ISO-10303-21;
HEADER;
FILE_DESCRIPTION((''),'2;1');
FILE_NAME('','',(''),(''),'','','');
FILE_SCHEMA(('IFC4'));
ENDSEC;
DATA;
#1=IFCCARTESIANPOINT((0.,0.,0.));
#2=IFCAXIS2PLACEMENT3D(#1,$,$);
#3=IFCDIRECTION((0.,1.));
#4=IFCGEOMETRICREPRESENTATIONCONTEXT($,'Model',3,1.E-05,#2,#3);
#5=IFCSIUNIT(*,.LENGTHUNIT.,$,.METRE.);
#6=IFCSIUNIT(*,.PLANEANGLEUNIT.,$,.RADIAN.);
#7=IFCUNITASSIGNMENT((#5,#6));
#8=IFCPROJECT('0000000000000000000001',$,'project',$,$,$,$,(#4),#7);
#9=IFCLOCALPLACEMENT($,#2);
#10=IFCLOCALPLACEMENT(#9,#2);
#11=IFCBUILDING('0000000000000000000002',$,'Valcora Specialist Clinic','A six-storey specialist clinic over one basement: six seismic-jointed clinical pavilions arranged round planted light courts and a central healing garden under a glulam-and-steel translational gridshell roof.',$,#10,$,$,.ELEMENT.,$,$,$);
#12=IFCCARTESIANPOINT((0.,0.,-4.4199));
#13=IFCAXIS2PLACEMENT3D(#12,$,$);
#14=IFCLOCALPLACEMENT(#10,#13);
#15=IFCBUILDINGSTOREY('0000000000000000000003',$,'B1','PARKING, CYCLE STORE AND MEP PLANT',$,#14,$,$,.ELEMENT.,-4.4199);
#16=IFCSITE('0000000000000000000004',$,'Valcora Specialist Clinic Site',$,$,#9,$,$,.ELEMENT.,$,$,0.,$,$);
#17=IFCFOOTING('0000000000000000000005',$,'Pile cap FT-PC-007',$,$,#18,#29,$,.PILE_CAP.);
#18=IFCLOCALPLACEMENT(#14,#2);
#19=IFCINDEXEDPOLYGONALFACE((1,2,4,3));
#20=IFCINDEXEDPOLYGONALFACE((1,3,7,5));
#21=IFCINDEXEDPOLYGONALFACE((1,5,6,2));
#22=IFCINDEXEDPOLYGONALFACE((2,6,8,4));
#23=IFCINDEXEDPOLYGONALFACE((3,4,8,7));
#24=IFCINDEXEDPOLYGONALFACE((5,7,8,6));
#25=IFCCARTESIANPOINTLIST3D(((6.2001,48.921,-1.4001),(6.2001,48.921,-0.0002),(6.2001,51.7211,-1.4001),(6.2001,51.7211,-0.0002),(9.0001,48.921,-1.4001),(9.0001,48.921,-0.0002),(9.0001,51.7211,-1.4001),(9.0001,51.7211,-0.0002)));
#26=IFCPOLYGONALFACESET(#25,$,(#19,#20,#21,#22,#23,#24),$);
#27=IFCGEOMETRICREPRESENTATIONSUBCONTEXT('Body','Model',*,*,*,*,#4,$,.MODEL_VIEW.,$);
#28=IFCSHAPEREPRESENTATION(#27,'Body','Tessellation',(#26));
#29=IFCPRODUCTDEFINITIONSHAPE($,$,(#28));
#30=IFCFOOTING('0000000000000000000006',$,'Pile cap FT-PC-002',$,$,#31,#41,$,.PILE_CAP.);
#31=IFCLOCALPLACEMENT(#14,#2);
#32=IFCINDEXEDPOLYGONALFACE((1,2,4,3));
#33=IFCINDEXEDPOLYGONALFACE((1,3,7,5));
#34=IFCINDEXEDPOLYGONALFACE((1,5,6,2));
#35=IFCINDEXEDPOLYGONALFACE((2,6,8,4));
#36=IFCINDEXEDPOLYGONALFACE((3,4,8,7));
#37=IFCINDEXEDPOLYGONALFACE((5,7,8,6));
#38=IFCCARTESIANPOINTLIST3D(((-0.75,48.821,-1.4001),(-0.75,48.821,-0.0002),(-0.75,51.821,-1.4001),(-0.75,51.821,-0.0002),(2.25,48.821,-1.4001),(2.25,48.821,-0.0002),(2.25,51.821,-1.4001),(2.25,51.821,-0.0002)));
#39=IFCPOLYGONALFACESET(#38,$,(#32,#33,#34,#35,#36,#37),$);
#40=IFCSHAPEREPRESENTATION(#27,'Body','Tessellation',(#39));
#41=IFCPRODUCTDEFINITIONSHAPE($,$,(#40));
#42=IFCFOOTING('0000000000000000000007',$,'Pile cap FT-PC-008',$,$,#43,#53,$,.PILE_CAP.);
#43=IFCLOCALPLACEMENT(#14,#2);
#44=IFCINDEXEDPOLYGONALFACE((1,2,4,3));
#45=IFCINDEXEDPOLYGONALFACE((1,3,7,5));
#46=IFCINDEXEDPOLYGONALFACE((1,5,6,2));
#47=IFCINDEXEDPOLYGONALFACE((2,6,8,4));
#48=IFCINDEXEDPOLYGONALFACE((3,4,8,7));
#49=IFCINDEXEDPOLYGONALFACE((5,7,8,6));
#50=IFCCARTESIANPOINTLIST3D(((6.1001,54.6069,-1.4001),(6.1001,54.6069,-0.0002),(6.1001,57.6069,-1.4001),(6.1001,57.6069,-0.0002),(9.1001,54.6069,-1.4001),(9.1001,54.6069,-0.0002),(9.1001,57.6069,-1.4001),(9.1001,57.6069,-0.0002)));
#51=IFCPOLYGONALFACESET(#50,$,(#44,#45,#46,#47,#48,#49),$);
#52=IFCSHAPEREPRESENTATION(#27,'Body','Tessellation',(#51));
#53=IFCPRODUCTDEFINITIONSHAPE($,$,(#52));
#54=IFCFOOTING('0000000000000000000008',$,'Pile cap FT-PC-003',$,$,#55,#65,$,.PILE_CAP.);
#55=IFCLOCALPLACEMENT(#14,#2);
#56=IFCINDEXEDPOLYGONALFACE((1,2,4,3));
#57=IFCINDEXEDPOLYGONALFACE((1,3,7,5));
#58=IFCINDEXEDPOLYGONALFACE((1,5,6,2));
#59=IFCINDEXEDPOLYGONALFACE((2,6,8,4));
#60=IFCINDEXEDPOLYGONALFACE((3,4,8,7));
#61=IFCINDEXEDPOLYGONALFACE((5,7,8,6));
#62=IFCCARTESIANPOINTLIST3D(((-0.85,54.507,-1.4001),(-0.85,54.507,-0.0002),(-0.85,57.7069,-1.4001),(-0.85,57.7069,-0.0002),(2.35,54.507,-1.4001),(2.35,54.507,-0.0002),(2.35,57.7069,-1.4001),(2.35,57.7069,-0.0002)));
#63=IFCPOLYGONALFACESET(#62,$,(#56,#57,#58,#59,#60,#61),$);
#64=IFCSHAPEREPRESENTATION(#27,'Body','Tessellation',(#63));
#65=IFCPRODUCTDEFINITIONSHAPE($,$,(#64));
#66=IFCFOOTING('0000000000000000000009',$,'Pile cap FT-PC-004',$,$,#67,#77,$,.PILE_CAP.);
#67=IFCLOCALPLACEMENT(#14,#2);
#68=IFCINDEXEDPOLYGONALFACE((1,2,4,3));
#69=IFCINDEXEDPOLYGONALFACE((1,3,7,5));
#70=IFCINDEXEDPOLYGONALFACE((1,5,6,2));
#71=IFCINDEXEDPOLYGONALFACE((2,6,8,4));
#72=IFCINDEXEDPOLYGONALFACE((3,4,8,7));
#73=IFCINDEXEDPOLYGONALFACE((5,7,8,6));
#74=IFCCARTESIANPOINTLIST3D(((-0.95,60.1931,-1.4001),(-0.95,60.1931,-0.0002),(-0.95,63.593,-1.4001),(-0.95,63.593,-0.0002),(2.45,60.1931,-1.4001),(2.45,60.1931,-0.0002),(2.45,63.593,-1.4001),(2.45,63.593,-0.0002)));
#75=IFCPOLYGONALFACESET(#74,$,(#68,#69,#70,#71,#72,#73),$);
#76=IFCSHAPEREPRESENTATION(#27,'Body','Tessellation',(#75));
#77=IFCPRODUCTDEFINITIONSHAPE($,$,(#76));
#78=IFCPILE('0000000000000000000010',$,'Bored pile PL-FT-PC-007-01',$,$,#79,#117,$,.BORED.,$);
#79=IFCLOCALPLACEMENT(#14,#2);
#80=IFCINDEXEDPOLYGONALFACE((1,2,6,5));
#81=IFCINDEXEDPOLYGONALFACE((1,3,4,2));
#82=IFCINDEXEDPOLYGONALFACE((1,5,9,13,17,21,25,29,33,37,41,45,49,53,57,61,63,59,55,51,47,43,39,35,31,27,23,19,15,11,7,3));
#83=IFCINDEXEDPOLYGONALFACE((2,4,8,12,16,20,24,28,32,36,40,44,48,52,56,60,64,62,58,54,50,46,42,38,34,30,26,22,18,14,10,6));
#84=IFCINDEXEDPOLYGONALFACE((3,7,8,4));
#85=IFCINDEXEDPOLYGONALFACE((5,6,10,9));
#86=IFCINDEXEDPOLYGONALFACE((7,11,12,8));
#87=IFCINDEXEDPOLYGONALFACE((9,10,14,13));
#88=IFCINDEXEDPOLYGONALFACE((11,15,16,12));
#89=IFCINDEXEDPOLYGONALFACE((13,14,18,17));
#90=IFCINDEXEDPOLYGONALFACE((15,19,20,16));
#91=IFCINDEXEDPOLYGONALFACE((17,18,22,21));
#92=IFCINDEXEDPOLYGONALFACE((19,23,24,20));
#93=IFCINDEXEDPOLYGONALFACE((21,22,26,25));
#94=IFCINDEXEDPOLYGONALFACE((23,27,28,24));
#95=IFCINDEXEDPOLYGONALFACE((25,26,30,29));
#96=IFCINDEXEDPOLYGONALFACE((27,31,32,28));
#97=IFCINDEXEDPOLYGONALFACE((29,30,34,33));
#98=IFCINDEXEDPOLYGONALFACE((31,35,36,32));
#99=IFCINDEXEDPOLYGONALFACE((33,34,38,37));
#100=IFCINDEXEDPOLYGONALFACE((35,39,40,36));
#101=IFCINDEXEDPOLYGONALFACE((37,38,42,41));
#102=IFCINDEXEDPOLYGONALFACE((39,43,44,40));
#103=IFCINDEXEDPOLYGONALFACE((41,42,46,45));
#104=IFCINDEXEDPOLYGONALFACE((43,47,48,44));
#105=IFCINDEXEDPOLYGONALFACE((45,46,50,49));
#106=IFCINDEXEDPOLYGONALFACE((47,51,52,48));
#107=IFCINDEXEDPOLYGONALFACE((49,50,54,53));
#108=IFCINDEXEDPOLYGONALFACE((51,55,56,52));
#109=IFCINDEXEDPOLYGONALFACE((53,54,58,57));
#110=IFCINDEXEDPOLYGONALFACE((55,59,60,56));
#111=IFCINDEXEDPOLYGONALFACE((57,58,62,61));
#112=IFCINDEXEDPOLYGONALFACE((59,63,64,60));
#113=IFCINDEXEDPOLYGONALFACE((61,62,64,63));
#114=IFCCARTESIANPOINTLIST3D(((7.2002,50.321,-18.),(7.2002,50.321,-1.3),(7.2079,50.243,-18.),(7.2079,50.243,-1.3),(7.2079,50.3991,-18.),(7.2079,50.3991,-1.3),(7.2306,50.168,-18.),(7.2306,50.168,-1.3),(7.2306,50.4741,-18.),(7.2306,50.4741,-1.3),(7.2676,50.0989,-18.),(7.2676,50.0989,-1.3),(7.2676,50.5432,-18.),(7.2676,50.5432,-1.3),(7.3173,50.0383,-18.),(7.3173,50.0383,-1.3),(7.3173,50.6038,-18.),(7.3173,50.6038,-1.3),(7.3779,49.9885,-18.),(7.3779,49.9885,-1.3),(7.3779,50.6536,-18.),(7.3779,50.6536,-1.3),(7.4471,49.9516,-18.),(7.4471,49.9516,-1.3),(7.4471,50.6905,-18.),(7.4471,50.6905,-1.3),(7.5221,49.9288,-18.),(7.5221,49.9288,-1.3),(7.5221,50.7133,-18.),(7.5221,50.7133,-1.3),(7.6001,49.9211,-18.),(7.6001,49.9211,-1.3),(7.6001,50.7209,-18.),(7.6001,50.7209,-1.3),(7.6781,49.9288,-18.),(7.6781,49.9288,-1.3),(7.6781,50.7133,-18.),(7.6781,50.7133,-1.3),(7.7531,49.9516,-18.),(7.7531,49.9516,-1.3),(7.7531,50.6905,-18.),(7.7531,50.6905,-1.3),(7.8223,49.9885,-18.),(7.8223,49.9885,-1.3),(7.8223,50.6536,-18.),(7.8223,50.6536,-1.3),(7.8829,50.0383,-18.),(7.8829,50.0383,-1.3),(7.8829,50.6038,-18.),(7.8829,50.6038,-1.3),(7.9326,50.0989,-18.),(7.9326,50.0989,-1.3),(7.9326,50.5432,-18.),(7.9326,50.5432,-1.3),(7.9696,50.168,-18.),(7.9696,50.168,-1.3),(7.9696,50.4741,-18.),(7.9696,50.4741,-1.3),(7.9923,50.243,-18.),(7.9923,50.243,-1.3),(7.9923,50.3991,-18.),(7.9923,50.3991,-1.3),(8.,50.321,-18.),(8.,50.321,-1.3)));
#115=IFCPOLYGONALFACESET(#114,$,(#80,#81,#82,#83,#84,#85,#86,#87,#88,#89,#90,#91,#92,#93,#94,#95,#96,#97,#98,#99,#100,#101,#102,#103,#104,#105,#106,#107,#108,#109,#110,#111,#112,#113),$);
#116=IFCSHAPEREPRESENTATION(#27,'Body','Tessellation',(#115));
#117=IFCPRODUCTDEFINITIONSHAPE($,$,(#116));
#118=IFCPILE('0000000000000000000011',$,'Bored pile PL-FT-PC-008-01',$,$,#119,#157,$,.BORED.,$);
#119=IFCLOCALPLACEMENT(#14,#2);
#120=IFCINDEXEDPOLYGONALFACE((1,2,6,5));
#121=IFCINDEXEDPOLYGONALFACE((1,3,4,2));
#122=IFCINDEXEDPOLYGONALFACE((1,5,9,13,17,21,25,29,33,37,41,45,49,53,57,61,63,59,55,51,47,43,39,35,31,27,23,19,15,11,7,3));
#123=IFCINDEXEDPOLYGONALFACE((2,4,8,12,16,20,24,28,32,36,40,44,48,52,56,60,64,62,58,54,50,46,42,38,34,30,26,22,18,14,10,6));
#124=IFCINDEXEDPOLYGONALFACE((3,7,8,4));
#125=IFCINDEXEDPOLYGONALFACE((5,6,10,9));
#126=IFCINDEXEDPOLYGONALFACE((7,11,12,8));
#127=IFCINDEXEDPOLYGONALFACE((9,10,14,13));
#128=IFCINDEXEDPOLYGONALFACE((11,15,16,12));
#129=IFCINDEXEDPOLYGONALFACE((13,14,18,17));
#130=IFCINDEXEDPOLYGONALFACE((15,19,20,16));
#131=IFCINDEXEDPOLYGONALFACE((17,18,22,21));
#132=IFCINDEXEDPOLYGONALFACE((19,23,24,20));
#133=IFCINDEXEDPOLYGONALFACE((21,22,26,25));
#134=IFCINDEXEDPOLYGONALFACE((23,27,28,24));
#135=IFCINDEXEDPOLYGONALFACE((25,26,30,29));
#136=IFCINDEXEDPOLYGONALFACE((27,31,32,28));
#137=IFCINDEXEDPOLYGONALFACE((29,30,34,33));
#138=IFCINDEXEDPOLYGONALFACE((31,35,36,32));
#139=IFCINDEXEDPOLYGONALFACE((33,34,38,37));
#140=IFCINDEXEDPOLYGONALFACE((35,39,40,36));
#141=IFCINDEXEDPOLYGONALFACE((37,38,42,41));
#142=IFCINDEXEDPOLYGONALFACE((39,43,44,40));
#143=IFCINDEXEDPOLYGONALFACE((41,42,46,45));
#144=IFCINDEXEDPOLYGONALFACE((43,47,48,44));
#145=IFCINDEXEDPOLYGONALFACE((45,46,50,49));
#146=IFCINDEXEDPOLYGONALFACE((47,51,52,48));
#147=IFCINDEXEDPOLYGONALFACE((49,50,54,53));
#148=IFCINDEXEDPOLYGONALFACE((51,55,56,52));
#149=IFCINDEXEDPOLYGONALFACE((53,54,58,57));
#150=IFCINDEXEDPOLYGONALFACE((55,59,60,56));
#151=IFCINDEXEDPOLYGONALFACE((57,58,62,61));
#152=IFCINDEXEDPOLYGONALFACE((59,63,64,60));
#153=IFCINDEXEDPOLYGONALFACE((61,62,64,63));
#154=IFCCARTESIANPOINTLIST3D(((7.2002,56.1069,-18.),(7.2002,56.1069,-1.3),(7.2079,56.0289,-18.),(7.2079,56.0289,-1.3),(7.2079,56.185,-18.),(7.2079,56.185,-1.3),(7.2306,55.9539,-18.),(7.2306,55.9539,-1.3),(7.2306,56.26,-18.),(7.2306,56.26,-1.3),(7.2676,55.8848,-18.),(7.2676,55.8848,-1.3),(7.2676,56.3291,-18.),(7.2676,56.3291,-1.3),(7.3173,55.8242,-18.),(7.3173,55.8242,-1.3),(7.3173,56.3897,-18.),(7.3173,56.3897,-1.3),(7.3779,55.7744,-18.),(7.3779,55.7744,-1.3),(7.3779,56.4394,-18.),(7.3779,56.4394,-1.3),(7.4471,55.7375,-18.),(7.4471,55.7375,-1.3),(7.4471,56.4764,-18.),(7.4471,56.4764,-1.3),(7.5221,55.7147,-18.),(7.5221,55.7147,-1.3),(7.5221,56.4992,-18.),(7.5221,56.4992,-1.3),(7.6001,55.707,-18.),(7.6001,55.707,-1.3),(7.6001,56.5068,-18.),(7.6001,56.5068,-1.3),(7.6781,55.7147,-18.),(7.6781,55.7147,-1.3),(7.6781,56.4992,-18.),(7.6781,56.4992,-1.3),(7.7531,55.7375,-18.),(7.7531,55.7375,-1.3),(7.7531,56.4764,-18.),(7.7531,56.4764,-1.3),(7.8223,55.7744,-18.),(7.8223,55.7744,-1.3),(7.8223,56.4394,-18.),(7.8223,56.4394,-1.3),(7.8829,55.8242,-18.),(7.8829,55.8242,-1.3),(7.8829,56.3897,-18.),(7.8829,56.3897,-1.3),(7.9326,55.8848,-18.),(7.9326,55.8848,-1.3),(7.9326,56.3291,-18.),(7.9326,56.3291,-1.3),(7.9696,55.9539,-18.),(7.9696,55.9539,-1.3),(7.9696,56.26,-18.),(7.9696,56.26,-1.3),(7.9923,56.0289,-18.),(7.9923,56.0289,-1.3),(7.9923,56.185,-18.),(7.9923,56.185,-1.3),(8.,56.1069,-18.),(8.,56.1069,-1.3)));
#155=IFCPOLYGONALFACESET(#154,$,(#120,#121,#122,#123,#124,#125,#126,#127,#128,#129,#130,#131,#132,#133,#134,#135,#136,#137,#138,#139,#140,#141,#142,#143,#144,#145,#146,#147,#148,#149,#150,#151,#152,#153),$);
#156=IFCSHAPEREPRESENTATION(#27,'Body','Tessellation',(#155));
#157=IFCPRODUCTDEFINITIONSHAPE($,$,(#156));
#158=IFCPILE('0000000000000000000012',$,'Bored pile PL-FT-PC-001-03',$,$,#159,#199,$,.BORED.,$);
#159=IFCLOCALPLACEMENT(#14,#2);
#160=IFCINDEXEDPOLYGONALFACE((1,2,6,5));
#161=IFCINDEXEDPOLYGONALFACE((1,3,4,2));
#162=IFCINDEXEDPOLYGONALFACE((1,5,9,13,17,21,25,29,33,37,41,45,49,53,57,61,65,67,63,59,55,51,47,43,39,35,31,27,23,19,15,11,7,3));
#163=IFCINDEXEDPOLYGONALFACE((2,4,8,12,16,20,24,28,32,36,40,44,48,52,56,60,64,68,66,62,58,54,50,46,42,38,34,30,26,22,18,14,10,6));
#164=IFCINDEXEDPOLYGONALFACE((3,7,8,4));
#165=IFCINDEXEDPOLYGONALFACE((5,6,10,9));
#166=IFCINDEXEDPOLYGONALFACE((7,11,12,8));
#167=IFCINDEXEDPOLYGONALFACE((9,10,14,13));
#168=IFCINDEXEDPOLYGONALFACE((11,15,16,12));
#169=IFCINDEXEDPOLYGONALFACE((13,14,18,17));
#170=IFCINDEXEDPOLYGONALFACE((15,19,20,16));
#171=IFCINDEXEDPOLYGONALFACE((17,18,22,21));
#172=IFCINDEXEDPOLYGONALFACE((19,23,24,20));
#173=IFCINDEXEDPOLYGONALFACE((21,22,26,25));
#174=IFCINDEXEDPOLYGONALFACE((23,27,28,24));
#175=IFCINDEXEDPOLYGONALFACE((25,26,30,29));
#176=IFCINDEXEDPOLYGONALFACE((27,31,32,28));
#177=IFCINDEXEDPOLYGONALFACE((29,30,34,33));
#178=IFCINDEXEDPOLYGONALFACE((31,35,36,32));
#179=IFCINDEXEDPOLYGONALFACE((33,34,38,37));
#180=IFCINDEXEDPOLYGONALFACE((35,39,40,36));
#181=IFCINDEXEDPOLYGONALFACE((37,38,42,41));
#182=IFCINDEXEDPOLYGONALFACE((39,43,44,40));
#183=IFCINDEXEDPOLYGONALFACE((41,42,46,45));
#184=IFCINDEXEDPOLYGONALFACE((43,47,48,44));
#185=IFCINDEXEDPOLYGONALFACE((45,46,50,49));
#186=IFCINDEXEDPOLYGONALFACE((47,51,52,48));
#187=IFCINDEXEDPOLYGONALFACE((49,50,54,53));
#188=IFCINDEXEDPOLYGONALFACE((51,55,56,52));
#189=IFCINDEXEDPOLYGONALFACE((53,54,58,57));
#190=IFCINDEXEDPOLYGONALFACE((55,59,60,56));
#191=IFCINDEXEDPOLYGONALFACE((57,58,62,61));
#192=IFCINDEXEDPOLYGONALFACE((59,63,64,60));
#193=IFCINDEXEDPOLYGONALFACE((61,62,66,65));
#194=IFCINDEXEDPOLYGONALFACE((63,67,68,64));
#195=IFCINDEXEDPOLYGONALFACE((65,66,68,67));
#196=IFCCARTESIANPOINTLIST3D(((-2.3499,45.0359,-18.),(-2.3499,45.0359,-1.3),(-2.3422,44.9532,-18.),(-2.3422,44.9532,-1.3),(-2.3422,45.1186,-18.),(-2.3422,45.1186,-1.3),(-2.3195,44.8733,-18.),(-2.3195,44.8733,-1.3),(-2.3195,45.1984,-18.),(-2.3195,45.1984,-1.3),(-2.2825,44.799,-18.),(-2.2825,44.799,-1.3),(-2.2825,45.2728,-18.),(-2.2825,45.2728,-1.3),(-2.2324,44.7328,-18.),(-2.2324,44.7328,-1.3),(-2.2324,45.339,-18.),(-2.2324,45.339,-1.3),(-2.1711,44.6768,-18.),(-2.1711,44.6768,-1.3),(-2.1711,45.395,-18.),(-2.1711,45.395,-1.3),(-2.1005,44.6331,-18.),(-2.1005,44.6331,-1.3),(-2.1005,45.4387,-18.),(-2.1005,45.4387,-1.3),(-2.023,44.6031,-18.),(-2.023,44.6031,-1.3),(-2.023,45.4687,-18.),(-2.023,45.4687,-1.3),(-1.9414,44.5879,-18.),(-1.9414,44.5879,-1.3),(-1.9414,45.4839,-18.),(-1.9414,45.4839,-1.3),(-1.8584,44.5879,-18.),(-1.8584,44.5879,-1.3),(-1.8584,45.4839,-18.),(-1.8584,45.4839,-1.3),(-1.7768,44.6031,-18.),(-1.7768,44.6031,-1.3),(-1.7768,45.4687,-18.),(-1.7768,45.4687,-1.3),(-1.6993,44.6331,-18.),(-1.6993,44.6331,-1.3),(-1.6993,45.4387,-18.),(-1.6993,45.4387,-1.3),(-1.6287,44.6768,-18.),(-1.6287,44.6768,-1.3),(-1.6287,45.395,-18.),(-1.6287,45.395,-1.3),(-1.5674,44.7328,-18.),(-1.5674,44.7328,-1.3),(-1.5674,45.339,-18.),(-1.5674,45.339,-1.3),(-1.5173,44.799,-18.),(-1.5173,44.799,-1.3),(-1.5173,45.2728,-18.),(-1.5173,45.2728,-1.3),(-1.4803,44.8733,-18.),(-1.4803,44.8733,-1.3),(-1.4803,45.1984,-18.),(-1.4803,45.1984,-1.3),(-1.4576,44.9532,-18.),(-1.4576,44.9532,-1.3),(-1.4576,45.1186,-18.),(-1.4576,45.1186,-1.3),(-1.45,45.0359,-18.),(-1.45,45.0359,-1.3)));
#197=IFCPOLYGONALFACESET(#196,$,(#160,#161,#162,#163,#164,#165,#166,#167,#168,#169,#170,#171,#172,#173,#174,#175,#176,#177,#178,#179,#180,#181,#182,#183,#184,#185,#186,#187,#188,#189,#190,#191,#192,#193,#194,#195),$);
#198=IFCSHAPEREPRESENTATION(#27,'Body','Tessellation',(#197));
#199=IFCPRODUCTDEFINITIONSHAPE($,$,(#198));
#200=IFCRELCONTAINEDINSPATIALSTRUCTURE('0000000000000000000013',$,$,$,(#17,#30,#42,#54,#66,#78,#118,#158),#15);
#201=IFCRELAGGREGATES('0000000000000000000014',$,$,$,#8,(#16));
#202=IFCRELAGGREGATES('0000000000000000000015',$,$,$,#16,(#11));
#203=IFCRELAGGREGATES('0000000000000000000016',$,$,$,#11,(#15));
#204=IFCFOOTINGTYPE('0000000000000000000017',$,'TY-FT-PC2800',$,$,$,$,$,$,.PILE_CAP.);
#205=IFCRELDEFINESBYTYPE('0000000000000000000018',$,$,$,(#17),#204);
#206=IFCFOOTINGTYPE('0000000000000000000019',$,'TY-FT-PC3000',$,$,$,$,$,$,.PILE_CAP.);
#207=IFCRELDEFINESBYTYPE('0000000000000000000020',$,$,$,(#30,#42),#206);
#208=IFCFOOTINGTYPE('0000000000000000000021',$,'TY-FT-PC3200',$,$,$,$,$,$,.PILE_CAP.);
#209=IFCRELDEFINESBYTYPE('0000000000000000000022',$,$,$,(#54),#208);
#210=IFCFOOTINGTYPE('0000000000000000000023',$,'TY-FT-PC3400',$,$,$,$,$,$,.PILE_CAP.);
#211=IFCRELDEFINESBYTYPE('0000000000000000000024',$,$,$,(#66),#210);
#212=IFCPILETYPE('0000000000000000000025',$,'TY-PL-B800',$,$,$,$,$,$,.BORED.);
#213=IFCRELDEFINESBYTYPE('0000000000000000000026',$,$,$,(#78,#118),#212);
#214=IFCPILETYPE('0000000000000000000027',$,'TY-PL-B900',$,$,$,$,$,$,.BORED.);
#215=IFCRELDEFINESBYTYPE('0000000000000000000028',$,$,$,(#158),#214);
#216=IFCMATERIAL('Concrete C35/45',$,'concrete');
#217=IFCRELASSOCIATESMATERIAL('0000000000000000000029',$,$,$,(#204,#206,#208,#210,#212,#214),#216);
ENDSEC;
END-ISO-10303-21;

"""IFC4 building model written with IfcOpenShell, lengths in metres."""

from ifc_helpers import new_model, si_unit, direction, frame, origin, origin_2d, place, context, subcontext, project, spatial, rectangle, circle, extrude, material, material_profile, profile_set, type_object, element, save


model = new_model("IFC4")

# Units and contexts
model_context = context("Model", 3, precision=1e-05, world=origin(), true_north=direction((0.0, 1.0)))
body_context = subcontext(model_context, "Body", "Model", "MODEL_VIEW")
ifc_project = project(units=[si_unit("LENGTHUNIT", "METRE"), si_unit("PLANEANGLEUNIT", "RADIAN")], contexts=[model_context])

# Site, building, storey
site_placement = place(None, origin())
site = spatial("IfcSite", under=ifc_project, at=site_placement, Name="Valcora Specialist Clinic Site", CompositionType="ELEMENT", RefElevation=0.0)
building_placement = place(site_placement, origin())
building = spatial("IfcBuilding", under=site, at=building_placement, Name="Valcora Specialist Clinic", Description="A six-storey specialist clinic over one basement: six seismic-jointed clinical pavilions arranged round planted light courts and a central healing garden under a glulam-and-steel translational gridshell roof.", CompositionType="ELEMENT")
storey_placement = place(building_placement, frame((0.0, 0.0, -4.4199)))
storey = spatial("IfcBuildingStorey", under=building, at=storey_placement, Name="B1", Description="PARKING, CYCLE STORE AND MEP PLANT", CompositionType="ELEMENT", Elevation=-4.4199)

# Footings
ifc_material_1 = material(Name="Concrete C35/45", Category="concrete")
footing_type_1 = type_object("IfcFootingType", Name="TY-FT-PC2800", PredefinedType="PILE_CAP", material=ifc_material_1)
footing_1_placement = place(storey_placement, frame((7.6001, 50.321, -1.4001), z_axis=(0.0, 0.0, 1.0), x_axis=(1.0, 0.0, 0.0)))
element("IfcFooting", 1, at=footing_1_placement, inside=storey, type_object=footing_type_1, Name="Pile cap FT-PC-007", PredefinedType="PILE_CAP", context=body_context, shape_type="SweptSolid", body=[
    extrude(rectangle(XDim=2.8, YDim=2.8, at=origin_2d()), origin(), (0.0, 0.0, 1.0), 1.3999),
])
footing_type_2 = type_object("IfcFootingType", Name="TY-FT-PC3000", PredefinedType="PILE_CAP", material=ifc_material_1)
for number, where, z_axis, x_axis, name in (
    (2, (0.75, 50.321, -1.4001), (0.0, 0.0, 1.0), (1.0, 0.0, 0.0), "Pile cap FT-PC-002"),
    (3, (7.6001, 56.1069, -1.4001), (0.0, 0.0, 1.0), (1.0, 0.0, 0.0), "Pile cap FT-PC-008"),
):
    element("IfcFooting", number, at=place(storey_placement, frame(where, z_axis=z_axis, x_axis=x_axis)), inside=storey, type_object=footing_type_2, Name=name, PredefinedType="PILE_CAP", context=body_context, shape_type="SweptSolid", body=[
        extrude(rectangle(XDim=3.0, YDim=3.0, at=origin_2d()), origin(), (0.0, 0.0, 1.0), 1.3999),
    ])
footing_type_3 = type_object("IfcFootingType", Name="TY-FT-PC3200", PredefinedType="PILE_CAP", material=ifc_material_1)
footing_2_placement = place(storey_placement, frame((0.75, 56.1069, -1.4001), z_axis=(0.0, 0.0, 1.0), x_axis=(1.0, 0.0, 0.0)))
element("IfcFooting", 4, at=footing_2_placement, inside=storey, type_object=footing_type_3, Name="Pile cap FT-PC-003", PredefinedType="PILE_CAP", context=body_context, shape_type="SweptSolid", body=[
    extrude(rectangle(XDim=3.2, YDim=3.2, at=origin_2d()), origin(), (0.0, 0.0, 1.0), 1.3999),
])
footing_type_4 = type_object("IfcFootingType", Name="TY-FT-PC3400", PredefinedType="PILE_CAP", material=ifc_material_1)
footing_3_placement = place(storey_placement, frame((0.75, 61.8931, -1.4001), z_axis=(0.0, 0.0, 1.0), x_axis=(1.0, 0.0, 0.0)))
element("IfcFooting", 5, at=footing_3_placement, inside=storey, type_object=footing_type_4, Name="Pile cap FT-PC-004", PredefinedType="PILE_CAP", context=body_context, shape_type="SweptSolid", body=[
    extrude(rectangle(XDim=3.3999, YDim=3.3999, at=origin_2d()), origin(), (0.0, 0.0, 1.0), 1.3999),
])

# Piles
ifc_material_profile_1 = material_profile(ifc_material_1, circle(Radius=0.3999, at=origin_2d()), Name="RC-PIL-D800")
ifc_profile_set_1 = profile_set([ifc_material_profile_1], Name="Concrete C35/45")
pile_type_1 = type_object("IfcPileType", Name="TY-PL-B800", PredefinedType="BORED", material=ifc_profile_set_1)
for number, where, z_axis, x_axis, name in (
    (6, (7.6001, 50.321, -1.3), (0.0, 0.0, -1.0), (1.0, 0.0, 0.0), "Bored pile PL-FT-PC-007-01"),
    (7, (7.6001, 56.1069, -1.3), (0.0, 0.0, -1.0), (1.0, 0.0, 0.0), "Bored pile PL-FT-PC-008-01"),
):
    element("IfcPile", number, at=place(storey_placement, frame(where, z_axis=z_axis, x_axis=x_axis)), inside=storey, type_object=pile_type_1, Name=name, PredefinedType="BORED", context=body_context, shape_type="SweptSolid", body=[
        extrude(circle(Radius=0.3999, at=origin_2d()), origin(), (0.0, 0.0, 1.0), 16.7),
    ])
ifc_material_profile_2 = material_profile(ifc_material_1, circle(Radius=0.45, at=origin_2d()), Name="RC-PIL-D900")
ifc_profile_set_2 = profile_set([ifc_material_profile_2], Name="Concrete C35/45")
pile_type_2 = type_object("IfcPileType", Name="TY-PL-B900", PredefinedType="BORED", material=ifc_profile_set_2)
for number, where, z_axis, x_axis, name in (
    (8, (-1.8999, 45.0359, -1.3), (0.0, 0.0, -1.0), (1.0, 0.0, 0.0), "Bored pile PL-FT-PC-001-03"),
):
    element("IfcPile", number, at=place(storey_placement, frame(where, z_axis=z_axis, x_axis=x_axis)), inside=storey, type_object=pile_type_2, Name=name, PredefinedType="BORED", context=body_context, shape_type="SweptSolid", body=[
        extrude(circle(Radius=0.45, at=origin_2d()), origin(), (0.0, 0.0, 1.0), 16.7),
    ])

save(model, "model.ifc")
